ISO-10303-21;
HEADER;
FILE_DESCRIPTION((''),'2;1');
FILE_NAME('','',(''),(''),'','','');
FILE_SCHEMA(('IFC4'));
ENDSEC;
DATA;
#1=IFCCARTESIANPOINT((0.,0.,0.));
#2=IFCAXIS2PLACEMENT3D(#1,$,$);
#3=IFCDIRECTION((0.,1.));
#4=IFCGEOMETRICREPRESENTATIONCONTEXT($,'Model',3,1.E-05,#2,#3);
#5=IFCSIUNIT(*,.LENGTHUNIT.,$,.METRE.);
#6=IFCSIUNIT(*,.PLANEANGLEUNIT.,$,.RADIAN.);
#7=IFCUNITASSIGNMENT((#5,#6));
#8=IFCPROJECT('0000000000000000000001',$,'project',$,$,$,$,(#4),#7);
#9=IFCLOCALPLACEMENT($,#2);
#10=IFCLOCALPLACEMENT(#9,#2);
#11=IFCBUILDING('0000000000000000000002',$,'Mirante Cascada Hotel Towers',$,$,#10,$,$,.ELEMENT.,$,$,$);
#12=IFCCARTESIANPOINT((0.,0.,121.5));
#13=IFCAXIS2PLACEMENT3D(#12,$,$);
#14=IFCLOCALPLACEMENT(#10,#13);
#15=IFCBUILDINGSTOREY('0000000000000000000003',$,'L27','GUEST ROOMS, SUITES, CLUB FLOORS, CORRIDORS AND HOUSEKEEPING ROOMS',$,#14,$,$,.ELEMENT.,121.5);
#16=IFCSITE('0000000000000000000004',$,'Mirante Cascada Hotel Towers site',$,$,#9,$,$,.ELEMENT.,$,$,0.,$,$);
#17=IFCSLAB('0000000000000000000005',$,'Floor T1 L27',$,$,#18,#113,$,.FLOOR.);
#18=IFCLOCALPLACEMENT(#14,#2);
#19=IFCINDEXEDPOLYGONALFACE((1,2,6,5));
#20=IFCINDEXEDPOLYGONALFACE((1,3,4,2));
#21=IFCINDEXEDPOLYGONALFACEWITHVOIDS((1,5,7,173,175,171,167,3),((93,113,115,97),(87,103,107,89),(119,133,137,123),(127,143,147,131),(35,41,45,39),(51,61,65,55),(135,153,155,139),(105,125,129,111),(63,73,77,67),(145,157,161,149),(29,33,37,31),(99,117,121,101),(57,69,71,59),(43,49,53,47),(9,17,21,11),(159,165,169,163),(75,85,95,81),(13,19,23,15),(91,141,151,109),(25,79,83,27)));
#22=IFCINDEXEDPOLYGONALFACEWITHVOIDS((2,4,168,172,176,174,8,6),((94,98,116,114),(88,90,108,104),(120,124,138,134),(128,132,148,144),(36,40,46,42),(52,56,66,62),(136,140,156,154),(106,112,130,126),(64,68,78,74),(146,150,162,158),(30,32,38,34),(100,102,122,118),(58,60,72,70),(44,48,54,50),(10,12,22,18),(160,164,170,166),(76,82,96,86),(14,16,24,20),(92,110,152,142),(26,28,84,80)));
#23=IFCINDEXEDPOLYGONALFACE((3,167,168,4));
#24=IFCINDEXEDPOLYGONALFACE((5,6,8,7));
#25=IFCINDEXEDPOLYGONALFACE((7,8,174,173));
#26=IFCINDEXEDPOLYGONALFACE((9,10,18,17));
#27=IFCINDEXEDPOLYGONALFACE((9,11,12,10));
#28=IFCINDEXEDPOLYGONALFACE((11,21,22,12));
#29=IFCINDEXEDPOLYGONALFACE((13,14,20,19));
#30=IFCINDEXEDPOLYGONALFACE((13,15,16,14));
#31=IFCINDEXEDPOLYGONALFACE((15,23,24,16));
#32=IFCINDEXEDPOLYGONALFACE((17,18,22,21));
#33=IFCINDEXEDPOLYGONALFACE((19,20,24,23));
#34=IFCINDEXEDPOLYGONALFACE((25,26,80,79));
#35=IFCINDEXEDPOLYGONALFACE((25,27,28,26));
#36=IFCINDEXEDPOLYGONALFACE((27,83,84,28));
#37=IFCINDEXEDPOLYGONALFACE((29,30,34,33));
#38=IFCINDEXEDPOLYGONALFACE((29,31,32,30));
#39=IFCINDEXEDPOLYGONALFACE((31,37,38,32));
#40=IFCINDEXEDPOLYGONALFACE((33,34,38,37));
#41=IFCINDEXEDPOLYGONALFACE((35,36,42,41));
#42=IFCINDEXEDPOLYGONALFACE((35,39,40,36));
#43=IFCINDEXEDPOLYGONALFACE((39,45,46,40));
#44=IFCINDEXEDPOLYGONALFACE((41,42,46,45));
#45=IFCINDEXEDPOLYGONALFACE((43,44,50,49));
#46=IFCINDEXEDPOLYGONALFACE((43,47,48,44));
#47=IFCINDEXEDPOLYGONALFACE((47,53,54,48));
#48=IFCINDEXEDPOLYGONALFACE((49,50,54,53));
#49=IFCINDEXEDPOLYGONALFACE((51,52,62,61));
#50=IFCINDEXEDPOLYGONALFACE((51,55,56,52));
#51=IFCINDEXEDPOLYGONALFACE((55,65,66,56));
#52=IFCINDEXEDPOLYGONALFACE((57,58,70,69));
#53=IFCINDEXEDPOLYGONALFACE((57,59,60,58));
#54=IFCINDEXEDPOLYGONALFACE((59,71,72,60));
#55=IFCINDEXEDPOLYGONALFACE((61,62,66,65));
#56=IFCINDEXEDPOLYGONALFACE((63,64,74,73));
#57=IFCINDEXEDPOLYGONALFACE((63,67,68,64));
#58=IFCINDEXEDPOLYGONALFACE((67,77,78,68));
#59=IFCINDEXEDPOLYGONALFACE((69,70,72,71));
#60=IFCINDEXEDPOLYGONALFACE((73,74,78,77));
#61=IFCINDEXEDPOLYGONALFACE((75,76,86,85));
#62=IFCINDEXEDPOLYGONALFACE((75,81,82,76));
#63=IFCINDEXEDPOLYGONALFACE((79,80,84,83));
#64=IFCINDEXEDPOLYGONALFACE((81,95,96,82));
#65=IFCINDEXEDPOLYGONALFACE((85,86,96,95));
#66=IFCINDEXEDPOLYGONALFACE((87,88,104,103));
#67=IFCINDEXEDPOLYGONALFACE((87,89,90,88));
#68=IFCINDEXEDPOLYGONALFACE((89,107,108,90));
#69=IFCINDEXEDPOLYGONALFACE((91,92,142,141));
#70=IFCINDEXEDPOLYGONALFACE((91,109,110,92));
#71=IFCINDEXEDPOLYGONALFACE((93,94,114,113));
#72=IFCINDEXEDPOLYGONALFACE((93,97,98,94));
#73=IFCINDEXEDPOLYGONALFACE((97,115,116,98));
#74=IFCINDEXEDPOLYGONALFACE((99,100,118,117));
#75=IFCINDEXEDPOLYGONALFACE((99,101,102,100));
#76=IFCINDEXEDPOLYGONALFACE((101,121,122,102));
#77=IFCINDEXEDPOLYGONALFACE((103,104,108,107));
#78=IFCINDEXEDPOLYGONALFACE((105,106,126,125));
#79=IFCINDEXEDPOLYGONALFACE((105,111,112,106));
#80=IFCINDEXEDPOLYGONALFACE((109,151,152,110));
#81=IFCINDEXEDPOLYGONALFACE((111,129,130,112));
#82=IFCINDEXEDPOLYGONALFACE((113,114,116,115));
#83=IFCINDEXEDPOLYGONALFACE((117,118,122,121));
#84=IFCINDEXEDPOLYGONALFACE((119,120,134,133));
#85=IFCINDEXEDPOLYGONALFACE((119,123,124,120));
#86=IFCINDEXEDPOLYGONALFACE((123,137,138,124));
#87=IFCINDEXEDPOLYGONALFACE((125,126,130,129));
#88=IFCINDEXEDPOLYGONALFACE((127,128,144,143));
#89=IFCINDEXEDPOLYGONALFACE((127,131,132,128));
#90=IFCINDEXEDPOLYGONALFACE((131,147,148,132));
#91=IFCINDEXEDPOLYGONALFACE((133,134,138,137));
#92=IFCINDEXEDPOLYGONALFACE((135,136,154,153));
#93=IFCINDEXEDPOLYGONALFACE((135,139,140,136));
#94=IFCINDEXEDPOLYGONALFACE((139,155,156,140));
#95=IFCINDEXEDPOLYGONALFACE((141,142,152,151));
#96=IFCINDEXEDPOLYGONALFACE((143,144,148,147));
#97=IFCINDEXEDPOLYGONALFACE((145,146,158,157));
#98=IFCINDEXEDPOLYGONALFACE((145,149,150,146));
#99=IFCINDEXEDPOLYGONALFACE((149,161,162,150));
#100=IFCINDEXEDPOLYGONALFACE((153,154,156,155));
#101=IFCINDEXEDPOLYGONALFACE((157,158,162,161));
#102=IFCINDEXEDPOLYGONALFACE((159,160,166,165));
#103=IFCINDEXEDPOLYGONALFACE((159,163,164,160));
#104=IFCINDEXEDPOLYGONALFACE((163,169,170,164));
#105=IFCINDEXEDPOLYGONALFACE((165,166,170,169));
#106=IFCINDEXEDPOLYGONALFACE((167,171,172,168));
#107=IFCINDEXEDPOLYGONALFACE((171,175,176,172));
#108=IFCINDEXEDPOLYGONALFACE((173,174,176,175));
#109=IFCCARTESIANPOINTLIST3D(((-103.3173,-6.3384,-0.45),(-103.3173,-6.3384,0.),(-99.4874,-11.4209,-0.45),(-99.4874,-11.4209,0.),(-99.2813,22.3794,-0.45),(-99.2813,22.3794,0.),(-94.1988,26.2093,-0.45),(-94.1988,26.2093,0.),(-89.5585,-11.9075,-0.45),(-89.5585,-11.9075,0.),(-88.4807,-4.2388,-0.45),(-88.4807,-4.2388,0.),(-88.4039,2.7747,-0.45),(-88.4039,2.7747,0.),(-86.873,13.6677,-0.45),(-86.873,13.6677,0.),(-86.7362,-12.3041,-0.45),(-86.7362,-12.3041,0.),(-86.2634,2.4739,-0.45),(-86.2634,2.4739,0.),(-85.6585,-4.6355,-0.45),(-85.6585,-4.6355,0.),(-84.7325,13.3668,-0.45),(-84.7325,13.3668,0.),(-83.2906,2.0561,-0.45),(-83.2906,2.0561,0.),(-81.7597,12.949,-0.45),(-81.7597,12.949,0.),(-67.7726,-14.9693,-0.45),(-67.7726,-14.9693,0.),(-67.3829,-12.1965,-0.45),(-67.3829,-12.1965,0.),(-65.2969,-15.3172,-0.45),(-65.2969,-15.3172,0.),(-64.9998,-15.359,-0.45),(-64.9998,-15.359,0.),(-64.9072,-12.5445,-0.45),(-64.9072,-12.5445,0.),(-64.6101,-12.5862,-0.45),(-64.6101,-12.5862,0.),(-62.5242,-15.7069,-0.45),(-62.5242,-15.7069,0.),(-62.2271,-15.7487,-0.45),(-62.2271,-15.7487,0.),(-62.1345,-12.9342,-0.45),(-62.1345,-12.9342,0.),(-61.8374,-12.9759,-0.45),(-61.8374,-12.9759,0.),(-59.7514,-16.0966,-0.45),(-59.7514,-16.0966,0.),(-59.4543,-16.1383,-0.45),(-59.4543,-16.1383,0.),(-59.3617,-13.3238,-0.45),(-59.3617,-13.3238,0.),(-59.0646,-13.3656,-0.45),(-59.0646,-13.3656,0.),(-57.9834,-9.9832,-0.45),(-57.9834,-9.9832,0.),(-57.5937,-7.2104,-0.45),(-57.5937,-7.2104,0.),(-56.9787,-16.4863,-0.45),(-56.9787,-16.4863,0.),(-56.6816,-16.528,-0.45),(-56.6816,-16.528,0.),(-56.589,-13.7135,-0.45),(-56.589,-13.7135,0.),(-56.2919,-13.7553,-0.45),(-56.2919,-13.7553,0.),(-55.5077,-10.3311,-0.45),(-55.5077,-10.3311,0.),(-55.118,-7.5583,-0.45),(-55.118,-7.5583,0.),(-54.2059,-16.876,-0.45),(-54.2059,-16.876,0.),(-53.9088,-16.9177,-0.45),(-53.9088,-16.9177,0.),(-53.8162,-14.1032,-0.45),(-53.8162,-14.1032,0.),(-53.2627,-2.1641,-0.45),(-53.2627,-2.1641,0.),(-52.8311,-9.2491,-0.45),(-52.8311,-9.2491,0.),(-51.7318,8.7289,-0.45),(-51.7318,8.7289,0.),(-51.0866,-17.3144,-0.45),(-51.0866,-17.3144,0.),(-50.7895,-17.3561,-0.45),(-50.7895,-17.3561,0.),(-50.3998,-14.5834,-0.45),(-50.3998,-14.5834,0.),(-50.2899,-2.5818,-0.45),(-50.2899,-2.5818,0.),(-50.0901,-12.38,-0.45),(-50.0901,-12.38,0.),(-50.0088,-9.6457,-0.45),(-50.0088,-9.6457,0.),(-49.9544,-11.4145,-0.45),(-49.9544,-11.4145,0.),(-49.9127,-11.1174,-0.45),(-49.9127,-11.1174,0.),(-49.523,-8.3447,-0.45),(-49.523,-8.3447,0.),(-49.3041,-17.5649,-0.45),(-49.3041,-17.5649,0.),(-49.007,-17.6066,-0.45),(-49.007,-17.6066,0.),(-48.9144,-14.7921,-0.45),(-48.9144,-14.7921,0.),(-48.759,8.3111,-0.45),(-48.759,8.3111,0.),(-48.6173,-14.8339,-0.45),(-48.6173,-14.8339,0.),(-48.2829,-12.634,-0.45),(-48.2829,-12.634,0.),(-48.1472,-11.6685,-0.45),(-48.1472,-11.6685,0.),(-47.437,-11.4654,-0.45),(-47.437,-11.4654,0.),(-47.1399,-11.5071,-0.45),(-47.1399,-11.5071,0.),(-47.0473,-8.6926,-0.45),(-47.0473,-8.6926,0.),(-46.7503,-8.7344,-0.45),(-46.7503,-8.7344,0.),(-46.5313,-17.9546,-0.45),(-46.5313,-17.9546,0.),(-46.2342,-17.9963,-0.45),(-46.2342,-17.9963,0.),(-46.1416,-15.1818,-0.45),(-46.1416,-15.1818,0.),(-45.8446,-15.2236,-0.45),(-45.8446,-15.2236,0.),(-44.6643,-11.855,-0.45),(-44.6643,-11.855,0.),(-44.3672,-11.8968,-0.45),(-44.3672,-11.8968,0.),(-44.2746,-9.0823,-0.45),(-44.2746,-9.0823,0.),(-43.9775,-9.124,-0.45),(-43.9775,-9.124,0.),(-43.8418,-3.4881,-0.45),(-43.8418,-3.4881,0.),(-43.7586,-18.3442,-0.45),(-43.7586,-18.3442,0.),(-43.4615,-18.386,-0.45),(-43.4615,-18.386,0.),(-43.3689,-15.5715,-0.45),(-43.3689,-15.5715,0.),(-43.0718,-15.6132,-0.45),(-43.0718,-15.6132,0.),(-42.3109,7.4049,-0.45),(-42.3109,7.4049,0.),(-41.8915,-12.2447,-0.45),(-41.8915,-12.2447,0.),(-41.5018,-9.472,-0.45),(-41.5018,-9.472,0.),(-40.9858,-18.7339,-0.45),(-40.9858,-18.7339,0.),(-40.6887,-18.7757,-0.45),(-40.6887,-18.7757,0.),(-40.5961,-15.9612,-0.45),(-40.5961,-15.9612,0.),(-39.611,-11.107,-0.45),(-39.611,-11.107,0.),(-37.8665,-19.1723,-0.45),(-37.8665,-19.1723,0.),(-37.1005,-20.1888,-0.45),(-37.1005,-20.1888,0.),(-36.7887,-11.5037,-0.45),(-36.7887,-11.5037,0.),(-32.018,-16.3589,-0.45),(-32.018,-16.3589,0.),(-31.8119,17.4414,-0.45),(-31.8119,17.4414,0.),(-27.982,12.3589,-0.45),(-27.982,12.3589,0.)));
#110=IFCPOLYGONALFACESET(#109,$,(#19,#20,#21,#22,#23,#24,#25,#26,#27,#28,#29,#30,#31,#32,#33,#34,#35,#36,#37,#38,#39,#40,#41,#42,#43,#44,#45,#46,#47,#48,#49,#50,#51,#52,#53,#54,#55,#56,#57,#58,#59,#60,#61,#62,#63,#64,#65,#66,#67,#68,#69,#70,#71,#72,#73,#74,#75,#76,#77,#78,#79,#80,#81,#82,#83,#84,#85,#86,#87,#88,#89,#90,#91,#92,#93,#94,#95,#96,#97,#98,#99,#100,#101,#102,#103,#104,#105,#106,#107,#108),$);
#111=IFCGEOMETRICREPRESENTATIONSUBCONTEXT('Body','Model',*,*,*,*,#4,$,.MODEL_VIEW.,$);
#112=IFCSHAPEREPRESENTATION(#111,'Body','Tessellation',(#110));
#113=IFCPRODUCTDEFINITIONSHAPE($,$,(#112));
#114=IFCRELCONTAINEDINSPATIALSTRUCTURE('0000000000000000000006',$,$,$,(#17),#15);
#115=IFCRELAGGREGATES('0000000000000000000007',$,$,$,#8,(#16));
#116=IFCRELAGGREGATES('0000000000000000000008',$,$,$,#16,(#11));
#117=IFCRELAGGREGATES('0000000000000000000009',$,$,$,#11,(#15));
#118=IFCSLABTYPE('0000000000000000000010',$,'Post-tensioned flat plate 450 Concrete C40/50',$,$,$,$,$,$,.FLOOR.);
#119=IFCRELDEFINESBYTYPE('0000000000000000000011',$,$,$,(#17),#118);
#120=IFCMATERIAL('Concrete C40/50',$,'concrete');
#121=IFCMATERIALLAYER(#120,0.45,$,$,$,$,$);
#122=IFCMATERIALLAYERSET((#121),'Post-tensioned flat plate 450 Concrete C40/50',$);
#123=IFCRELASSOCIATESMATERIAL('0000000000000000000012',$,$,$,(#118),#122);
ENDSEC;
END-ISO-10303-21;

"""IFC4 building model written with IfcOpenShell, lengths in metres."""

from ifc_helpers import new_model, si_unit, direction, frame, origin, place, context, subcontext, project, spatial, polyline, outline, extrude, material, layer, layer_set, type_object, element, save


model = new_model("IFC4")

# Units and contexts
model_context = context("Model", 3, precision=1e-05, world=origin(), true_north=direction((0.0, 1.0)))
body_context = subcontext(model_context, "Body", "Model", "MODEL_VIEW")
ifc_project = project(units=[si_unit("LENGTHUNIT", "METRE"), si_unit("PLANEANGLEUNIT", "RADIAN")], contexts=[model_context])

# Site, building, storey
site_placement = place(None, origin())
site = spatial("IfcSite", under=ifc_project, at=site_placement, Name="Mirante Cascada Hotel Towers site", CompositionType="ELEMENT", RefElevation=0.0)
building_placement = place(site_placement, origin())
building = spatial("IfcBuilding", under=site, at=building_placement, Name="Mirante Cascada Hotel Towers", CompositionType="ELEMENT")
storey_placement = place(building_placement, frame((0.0, 0.0, 121.5)))
storey = spatial("IfcBuildingStorey", under=building, at=storey_placement, Name="L27", Description="GUEST ROOMS, SUITES, CLUB FLOORS, CORRIDORS AND HOUSEKEEPING ROOMS", CompositionType="ELEMENT", Elevation=121.5)

# Slab
ifc_material_1 = material(Name="Concrete C40/50", Category="concrete")
ifc_layer_1 = layer(ifc_material_1, 0.45)
ifc_layer_set_1 = layer_set([ifc_layer_1], Name="Post-tensioned flat plate 450 Concrete C40/50")
slab_type = type_object("IfcSlabType", Name="Post-tensioned flat plate 450 Concrete C40/50", PredefinedType="FLOOR", material=ifc_layer_set_1)
slab_1_placement = place(storey_placement, frame((0.0, 0.0, -0.45)))
element("IfcSlab", 1, at=slab_1_placement, inside=storey, type_object=slab_type, Name="Floor T1 L27", PredefinedType="FLOOR", context=body_context, shape_type="SweptSolid", body=[
    extrude(outline(polyline([(-32.018, -16.3589), (-27.982, 12.3589), (-31.8119, 17.4414), (-94.1988, 26.2093), (-99.2813, 22.3794), (-103.3173, -6.3384), (-99.4874, -11.4209), (-37.1005, -20.1888), (-32.018, -16.3589)]), holes=[polyline([(-43.0718, -15.6132), (-40.5961, -15.9612), (-40.9858, -18.7339), (-43.4615, -18.386), (-43.0718, -15.6132)]), polyline([(-45.8446, -15.2236), (-43.3689, -15.5715), (-43.7586, -18.3442), (-46.2342, -17.9963), (-45.8446, -15.2236)]), polyline([(-48.6173, -14.8339), (-46.1416, -15.1818), (-46.5313, -17.9546), (-49.007, -17.6066), (-48.6173, -14.8339)]), polyline([(-50.3998, -14.5834), (-48.9144, -14.7921), (-49.3041, -17.5649), (-50.7895, -17.3561), (-50.3998, -14.5834)]), polyline([(-36.7887, -11.5037), (-37.8665, -19.1723), (-40.6887, -18.7757), (-39.611, -11.107), (-36.7887, -11.5037)]), polyline([(-49.9544, -11.4145), (-48.1472, -11.6685), (-48.2829, -12.634), (-50.0901, -12.38), (-49.9544, -11.4145)]), polyline([(-43.9775, -9.124), (-41.5018, -9.472), (-41.8915, -12.2447), (-44.3672, -11.8968), (-43.9775, -9.124)]), polyline([(-47.1399, -11.5071), (-46.7503, -8.7344), (-44.2746, -9.0823), (-44.6643, -11.855), (-47.1399, -11.5071)]), polyline([(-49.9127, -11.1174), (-49.523, -8.3447), (-47.0473, -8.6926), (-47.437, -11.4654), (-49.9127, -11.1174)]), polyline([(-56.2919, -13.7553), (-53.8162, -14.1032), (-54.2059, -16.876), (-56.6816, -16.528), (-56.2919, -13.7553)]), polyline([(-59.0646, -13.3656), (-56.589, -13.7135), (-56.9787, -16.4863), (-59.4543, -16.1383), (-59.0646, -13.3656)]), polyline([(-61.8374, -12.9759), (-59.3617, -13.3238), (-59.7514, -16.0966), (-62.2271, -15.7487), (-61.8374, -12.9759)]), polyline([(-64.6101, -12.5862), (-62.1345, -12.9342), (-62.5242, -15.7069), (-64.9998, -15.359), (-64.6101, -12.5862)]), polyline([(-67.3829, -12.1965), (-64.9072, -12.5445), (-65.2969, -15.3172), (-67.7726, -14.9693), (-67.3829, -12.1965)]), polyline([(-50.0088, -9.6457), (-51.0866, -17.3144), (-53.9088, -16.9177), (-52.8311, -9.2491), (-50.0088, -9.6457)]), polyline([(-85.6585, -4.6355), (-86.7362, -12.3041), (-89.5585, -11.9075), (-88.4807, -4.2388), (-85.6585, -4.6355)]), polyline([(-57.9834, -9.9832), (-57.5937, -7.2104), (-55.118, -7.5583), (-55.5077, -10.3311), (-57.9834, -9.9832)]), polyline([(-86.873, 13.6677), (-84.7325, 13.3668), (-84.7325, 13.3668), (-86.2634, 2.4739), (-86.2634, 2.4739), (-88.4039, 2.7747), (-86.873, 13.6677)]), polyline([(-51.7318, 8.7289), (-53.2627, -2.1641), (-53.2627, -2.1641), (-83.2906, 2.0561), (-83.2906, 2.0561), (-81.7597, 12.949), (-81.7597, 12.949), (-51.7318, 8.7289)]), polyline([(-42.3109, 7.4049), (-43.8418, -3.4881), (-50.2899, -2.5818), (-50.2899, -2.5818), (-48.759, 8.3111), (-42.3109, 7.4049)])]), origin(), (0.0, 0.0, 1.0), 0.45),
])

save(model, "model.ifc")
